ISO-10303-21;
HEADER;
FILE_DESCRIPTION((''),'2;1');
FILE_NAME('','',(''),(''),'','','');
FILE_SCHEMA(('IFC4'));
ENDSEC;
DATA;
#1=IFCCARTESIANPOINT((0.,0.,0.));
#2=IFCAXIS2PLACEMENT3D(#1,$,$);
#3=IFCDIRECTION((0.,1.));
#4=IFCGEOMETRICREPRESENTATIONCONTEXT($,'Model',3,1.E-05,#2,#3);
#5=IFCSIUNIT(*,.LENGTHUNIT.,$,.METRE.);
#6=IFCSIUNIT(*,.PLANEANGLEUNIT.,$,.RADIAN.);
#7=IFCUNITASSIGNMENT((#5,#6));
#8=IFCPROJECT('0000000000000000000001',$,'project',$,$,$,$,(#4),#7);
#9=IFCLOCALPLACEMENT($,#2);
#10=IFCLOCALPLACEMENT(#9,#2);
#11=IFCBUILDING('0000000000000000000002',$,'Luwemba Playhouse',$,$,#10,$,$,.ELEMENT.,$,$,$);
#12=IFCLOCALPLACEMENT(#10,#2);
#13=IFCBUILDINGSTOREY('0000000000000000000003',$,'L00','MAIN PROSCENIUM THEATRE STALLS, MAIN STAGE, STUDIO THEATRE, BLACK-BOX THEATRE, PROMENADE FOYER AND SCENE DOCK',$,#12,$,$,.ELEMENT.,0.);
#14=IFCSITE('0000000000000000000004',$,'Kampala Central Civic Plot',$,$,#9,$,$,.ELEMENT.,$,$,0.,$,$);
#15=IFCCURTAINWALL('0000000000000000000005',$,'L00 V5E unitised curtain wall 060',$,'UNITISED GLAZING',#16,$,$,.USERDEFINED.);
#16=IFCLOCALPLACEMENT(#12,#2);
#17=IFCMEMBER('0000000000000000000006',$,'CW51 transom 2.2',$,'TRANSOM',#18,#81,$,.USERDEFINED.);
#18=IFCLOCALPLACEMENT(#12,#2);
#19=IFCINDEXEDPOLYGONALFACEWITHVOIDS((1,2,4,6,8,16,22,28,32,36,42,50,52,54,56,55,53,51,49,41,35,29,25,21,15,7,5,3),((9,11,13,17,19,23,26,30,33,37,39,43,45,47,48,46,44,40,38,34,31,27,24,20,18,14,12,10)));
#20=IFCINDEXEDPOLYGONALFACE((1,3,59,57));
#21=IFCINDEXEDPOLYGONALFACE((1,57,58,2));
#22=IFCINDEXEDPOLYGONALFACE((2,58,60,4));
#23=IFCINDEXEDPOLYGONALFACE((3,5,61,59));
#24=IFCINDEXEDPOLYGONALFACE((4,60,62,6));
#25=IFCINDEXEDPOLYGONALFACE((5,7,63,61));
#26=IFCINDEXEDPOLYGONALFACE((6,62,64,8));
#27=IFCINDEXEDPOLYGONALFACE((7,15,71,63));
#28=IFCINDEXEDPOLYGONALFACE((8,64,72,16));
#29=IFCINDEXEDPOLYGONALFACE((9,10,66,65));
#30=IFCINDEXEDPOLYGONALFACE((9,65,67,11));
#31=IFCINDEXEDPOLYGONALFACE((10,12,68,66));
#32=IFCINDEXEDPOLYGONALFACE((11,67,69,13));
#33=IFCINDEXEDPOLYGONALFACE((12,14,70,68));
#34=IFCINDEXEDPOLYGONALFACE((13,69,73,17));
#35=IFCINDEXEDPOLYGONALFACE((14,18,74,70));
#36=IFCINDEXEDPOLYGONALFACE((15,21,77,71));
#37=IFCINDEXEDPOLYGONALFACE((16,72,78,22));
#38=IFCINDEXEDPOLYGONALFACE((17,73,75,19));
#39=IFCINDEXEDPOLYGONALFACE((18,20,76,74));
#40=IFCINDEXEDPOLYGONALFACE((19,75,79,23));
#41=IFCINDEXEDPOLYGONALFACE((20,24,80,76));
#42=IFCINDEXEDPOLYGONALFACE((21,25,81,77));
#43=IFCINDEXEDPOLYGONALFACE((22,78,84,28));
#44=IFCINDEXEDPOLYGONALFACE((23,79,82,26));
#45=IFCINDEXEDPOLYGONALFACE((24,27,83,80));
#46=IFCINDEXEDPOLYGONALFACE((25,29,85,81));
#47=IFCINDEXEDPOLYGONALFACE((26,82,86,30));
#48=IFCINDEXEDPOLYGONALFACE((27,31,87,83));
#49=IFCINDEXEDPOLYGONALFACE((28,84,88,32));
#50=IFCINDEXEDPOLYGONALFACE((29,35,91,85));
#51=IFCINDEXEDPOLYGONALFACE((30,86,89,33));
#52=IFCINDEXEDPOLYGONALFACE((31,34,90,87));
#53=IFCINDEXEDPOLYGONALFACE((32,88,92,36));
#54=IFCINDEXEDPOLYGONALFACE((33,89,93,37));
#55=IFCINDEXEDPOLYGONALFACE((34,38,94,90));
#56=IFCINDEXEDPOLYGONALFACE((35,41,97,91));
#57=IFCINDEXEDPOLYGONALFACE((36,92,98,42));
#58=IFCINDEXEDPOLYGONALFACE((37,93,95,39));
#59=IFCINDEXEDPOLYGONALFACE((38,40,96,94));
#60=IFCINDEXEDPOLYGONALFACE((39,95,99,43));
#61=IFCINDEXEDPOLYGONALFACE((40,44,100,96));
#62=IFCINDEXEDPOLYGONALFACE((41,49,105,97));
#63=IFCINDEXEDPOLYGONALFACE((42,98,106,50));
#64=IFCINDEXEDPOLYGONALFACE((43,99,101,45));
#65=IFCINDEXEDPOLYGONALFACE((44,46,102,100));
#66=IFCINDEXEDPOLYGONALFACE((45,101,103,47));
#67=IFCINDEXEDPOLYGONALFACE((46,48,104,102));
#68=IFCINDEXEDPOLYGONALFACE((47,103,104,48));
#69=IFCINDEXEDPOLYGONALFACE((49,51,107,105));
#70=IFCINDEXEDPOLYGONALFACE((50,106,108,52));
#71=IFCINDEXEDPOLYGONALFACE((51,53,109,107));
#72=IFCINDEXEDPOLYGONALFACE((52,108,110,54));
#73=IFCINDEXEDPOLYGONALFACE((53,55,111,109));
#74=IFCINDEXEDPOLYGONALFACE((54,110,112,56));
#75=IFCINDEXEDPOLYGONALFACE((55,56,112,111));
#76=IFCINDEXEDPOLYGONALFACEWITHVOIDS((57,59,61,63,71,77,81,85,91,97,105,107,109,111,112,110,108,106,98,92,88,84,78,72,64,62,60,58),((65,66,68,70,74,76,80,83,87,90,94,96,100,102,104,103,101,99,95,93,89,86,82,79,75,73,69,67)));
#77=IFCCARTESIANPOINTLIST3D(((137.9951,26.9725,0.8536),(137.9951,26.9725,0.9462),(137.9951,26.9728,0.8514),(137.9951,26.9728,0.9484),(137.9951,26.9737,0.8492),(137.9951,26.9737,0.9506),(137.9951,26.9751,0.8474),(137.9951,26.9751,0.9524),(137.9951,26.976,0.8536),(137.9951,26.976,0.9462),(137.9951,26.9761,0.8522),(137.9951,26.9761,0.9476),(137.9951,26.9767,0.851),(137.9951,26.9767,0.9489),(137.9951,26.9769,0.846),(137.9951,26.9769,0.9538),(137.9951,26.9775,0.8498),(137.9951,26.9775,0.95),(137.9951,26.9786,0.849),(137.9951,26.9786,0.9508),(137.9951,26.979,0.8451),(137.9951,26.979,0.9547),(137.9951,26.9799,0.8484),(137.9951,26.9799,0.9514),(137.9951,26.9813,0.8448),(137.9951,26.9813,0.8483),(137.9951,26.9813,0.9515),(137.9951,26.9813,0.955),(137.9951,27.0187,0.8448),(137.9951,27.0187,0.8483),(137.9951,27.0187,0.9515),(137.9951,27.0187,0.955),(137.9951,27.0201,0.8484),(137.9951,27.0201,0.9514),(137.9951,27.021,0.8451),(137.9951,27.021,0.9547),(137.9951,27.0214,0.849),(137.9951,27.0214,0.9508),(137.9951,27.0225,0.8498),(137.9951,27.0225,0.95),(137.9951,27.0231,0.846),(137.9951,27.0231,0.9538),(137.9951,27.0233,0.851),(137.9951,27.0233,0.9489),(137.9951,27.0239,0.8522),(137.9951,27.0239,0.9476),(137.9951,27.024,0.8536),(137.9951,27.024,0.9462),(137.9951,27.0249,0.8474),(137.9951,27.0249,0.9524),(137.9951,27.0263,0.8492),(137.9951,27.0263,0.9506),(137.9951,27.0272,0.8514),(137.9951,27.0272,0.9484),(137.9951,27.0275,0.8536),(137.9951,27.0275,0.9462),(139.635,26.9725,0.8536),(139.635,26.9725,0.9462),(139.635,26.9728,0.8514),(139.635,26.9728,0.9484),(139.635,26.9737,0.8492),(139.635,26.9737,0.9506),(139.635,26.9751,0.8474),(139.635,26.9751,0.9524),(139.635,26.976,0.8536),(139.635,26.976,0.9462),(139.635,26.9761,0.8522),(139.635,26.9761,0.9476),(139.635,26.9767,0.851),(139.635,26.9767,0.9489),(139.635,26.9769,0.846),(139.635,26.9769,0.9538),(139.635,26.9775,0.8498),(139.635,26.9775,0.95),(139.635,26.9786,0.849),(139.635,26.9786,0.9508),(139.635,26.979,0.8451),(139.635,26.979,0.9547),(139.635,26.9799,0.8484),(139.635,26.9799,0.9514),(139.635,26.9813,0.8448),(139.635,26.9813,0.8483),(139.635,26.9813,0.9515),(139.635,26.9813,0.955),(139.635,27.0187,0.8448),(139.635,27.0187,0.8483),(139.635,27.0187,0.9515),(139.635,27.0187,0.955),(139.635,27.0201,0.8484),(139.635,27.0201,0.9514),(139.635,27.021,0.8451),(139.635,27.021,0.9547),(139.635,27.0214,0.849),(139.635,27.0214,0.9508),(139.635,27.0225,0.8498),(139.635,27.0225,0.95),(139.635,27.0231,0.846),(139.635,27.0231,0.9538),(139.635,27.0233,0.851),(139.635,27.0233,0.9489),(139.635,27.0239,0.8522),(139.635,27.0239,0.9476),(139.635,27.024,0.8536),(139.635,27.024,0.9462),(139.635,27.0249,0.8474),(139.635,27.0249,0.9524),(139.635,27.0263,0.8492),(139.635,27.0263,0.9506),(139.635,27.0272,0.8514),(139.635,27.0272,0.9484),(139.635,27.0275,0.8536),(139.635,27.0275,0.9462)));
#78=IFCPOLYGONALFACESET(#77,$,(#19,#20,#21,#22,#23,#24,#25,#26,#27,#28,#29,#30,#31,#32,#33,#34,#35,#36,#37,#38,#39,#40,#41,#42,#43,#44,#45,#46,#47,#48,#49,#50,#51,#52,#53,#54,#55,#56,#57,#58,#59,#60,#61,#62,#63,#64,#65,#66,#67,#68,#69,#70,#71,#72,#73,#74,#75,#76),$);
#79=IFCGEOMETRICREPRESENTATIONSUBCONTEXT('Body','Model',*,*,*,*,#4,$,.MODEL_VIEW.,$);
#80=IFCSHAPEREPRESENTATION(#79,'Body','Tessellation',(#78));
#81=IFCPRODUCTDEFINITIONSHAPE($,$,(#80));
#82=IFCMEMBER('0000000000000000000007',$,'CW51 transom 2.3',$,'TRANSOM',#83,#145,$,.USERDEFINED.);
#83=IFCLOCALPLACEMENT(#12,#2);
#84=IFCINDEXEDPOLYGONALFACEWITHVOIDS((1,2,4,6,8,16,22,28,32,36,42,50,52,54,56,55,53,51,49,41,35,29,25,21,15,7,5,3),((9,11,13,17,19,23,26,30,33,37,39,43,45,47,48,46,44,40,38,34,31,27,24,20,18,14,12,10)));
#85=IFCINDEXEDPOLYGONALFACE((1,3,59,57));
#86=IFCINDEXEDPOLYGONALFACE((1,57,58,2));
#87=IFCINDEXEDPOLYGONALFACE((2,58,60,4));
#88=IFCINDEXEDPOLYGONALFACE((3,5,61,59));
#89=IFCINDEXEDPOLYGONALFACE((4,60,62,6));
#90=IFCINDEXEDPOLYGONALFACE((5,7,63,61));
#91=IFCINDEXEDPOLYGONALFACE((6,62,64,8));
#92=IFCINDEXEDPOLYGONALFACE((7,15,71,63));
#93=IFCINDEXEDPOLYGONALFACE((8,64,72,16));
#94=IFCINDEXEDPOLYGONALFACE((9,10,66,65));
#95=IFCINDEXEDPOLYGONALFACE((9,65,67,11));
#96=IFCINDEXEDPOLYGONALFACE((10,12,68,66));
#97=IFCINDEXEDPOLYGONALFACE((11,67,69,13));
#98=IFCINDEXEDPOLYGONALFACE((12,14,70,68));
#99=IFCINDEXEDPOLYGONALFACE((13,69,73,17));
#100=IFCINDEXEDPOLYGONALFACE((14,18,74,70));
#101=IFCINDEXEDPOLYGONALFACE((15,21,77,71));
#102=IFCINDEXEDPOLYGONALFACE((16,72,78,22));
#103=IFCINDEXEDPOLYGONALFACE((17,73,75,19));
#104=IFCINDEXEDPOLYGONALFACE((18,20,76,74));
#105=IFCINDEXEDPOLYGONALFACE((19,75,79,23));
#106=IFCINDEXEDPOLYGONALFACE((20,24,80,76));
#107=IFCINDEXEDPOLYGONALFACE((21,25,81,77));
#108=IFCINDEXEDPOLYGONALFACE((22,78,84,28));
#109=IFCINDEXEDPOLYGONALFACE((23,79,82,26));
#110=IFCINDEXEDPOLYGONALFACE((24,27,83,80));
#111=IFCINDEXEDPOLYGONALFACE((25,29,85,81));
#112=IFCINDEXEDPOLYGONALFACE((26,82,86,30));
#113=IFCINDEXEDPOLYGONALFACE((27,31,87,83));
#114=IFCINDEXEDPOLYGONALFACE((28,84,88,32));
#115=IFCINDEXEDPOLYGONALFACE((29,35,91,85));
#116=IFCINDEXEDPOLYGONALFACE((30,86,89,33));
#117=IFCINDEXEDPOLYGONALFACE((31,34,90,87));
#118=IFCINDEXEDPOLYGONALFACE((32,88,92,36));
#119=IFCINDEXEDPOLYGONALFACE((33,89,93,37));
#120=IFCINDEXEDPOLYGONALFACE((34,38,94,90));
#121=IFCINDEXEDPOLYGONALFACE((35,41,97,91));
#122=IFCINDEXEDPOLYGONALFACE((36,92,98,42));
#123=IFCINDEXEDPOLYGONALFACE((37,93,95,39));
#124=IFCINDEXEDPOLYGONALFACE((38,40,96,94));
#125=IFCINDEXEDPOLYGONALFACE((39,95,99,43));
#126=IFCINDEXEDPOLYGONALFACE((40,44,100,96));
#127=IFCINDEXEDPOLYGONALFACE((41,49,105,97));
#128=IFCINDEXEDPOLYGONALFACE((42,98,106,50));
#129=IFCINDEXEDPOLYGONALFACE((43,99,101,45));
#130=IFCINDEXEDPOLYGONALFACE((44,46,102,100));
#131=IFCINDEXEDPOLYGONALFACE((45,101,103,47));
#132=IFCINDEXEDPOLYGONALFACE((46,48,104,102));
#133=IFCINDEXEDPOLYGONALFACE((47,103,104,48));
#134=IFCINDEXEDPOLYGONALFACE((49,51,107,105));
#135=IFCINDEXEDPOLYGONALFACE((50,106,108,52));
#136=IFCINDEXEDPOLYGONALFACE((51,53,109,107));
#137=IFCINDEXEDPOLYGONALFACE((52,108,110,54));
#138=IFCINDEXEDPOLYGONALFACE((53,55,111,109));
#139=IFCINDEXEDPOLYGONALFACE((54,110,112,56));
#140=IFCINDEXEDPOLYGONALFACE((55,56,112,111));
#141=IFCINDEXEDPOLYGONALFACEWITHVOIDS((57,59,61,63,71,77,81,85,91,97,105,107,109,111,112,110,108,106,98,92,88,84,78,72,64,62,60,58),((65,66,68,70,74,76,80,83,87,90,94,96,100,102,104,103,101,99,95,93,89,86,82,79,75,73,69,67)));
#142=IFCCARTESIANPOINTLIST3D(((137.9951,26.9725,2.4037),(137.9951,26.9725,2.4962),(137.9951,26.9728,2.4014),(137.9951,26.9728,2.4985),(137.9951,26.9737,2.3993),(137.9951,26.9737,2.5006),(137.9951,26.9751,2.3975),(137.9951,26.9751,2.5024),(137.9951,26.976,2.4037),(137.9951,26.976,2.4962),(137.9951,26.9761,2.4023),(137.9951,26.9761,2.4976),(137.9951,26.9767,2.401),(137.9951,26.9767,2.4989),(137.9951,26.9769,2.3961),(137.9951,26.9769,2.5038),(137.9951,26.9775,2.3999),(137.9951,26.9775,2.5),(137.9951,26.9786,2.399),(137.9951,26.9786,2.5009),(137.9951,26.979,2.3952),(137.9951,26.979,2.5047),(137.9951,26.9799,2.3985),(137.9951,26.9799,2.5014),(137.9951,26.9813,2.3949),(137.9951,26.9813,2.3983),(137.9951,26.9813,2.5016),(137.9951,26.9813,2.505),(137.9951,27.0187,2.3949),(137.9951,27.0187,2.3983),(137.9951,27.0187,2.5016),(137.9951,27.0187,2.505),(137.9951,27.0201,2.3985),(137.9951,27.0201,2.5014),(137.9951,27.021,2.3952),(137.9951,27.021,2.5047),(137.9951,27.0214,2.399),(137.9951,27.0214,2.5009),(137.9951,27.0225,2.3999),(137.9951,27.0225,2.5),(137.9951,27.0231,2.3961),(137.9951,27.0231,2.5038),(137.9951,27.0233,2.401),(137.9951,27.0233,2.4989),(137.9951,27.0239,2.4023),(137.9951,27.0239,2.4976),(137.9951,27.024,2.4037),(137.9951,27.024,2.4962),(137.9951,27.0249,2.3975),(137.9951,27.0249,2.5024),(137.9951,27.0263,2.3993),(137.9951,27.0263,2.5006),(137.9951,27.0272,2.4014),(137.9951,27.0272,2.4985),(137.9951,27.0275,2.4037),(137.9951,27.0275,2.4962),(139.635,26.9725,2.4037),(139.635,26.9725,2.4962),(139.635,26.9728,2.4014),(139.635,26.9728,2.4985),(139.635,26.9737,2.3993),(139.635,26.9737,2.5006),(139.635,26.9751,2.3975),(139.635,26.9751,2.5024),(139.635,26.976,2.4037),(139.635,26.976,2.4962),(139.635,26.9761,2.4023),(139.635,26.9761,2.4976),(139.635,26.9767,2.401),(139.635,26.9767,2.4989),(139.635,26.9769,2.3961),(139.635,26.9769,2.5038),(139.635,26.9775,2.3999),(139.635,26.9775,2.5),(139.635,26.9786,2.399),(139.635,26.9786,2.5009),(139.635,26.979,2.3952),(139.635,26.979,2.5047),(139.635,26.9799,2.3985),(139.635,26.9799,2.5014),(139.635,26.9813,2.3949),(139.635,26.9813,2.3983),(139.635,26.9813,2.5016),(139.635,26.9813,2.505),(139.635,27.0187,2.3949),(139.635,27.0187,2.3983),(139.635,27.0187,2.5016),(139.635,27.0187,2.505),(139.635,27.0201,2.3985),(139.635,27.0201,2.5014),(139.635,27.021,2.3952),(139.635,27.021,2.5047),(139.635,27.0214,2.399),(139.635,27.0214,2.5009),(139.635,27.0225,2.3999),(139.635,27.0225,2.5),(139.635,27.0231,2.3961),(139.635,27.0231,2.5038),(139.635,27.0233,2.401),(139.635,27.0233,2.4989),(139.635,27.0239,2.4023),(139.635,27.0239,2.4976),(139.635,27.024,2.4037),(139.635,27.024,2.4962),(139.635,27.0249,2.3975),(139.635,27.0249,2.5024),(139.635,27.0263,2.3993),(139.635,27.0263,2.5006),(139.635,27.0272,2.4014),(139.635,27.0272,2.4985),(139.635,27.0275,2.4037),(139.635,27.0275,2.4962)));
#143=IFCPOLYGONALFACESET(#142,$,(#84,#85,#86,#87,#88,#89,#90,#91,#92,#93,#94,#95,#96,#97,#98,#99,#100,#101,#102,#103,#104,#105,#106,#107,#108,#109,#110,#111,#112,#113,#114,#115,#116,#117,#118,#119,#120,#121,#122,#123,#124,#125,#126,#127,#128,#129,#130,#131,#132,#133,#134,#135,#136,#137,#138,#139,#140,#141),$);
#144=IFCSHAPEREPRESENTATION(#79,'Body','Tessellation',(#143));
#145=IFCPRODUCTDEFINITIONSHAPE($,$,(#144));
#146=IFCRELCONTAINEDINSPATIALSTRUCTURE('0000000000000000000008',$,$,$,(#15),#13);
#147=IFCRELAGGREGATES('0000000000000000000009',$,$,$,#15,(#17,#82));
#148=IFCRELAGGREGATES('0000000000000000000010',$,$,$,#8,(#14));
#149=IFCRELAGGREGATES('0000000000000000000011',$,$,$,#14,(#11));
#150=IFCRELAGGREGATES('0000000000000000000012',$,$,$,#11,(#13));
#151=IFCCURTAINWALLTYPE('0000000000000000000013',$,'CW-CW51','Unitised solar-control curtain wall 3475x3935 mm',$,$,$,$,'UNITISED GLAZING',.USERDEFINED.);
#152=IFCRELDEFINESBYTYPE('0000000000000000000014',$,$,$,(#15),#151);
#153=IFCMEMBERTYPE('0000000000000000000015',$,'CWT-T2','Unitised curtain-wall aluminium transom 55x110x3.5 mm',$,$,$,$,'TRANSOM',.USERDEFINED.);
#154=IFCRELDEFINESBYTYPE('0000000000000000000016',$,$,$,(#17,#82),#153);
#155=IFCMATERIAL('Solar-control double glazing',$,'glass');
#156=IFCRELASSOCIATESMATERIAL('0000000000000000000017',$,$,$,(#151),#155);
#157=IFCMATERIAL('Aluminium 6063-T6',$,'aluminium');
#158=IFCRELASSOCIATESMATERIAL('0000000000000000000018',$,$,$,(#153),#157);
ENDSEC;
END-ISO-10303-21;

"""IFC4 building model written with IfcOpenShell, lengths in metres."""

from ifc_helpers import new_model, si_unit, direction, frame, origin, origin_2d, place, context, subcontext, project, spatial, hollow_rectangle, extrude, material, material_profile, profile_set, type_object, element, aggregate, save


model = new_model("IFC4")

# Units and contexts
model_context = context("Model", 3, precision=1e-05, world=origin(), true_north=direction((0.0, 1.0)))
body_context = subcontext(model_context, "Body", "Model", "MODEL_VIEW")
ifc_project = project(units=[si_unit("LENGTHUNIT", "METRE"), si_unit("PLANEANGLEUNIT", "RADIAN")], contexts=[model_context])

# Site, building, storey
site_placement = place(None, origin())
site = spatial("IfcSite", under=ifc_project, at=site_placement, Name="Kampala Central Civic Plot", CompositionType="ELEMENT", RefElevation=0.0)
building_placement = place(site_placement, origin())
building = spatial("IfcBuilding", under=site, at=building_placement, Name="Luwemba Playhouse", CompositionType="ELEMENT")
storey_placement = place(building_placement, origin())
storey = spatial("IfcBuildingStorey", under=building, at=storey_placement, Name="L00", Description="MAIN PROSCENIUM THEATRE STALLS, MAIN STAGE, STUDIO THEATRE, BLACK-BOX THEATRE, PROMENADE FOYER AND SCENE DOCK", CompositionType="ELEMENT", Elevation=0.0)

# Curtain wall
ifc_material_1 = material(Name="Solar-control double glazing", Category="glass")
curtain_wall_type_1 = type_object("IfcCurtainWallType", Name="CW-CW51", Description="Unitised solar-control curtain wall 3475x3935 mm", ElementType="UNITISED GLAZING", PredefinedType="USERDEFINED", material=ifc_material_1)
curtain_wall_1_placement = place(storey_placement, origin())
curtain_wall_1 = element("IfcCurtainWall", 1, at=curtain_wall_1_placement, inside=storey, type_object=curtain_wall_type_1, Name="L00 V5E unitised curtain wall 060", ObjectType="UNITISED GLAZING", PredefinedType="USERDEFINED")
ifc_material_2 = material(Name="Aluminium 6063-T6", Category="aluminium")

# Members
ifc_material_profile_1 = material_profile(ifc_material_2, hollow_rectangle(XDim=0.0549, YDim=0.1101, WallThickness=0.0034, InnerFilletRadius=0.0054, OuterFilletRadius=0.0088, at=origin_2d()))
ifc_profile_set_1 = profile_set([ifc_material_profile_1], Name="Aluminium 6063-T6")
member_type_1 = type_object("IfcMemberType", Name="CWT-T2", Description="Unitised curtain-wall aluminium transom 55x110x3.5 mm", ElementType="TRANSOM", PredefinedType="USERDEFINED", material=ifc_profile_set_1)
member_1_placement = place(storey_placement, frame((137.9951, 27.0, 0.8999), z_axis=(1.0, 0.0, 0.0), x_axis=(0.0, 1.0, 0.0)))
member_1 = element("IfcMember", 2, at=member_1_placement, type_object=member_type_1, Name="CW51 transom 2.2", ObjectType="TRANSOM", PredefinedType="USERDEFINED", context=body_context, shape_type="SweptSolid", body=[
    extrude(hollow_rectangle(XDim=0.0549, YDim=0.1101, WallThickness=0.0034, InnerFilletRadius=0.0054, OuterFilletRadius=0.0088, at=origin_2d()), origin(), (0.0, 0.0, 1.0), 1.6399),
])
member_2_placement = place(storey_placement, frame((137.9951, 27.0, 2.45), z_axis=(1.0, 0.0, 0.0), x_axis=(0.0, 1.0, 0.0)))
member_2 = element("IfcMember", 3, at=member_2_placement, type_object=member_type_1, Name="CW51 transom 2.3", ObjectType="TRANSOM", PredefinedType="USERDEFINED", context=body_context, shape_type="SweptSolid", body=[
    extrude(hollow_rectangle(XDim=0.0549, YDim=0.1101, WallThickness=0.0034, InnerFilletRadius=0.0054, OuterFilletRadius=0.0088, at=origin_2d()), origin(), (0.0, 0.0, 1.0), 1.6399),
])

aggregate(curtain_wall_1, [member_1, member_2])

save(model, "model.ifc")
